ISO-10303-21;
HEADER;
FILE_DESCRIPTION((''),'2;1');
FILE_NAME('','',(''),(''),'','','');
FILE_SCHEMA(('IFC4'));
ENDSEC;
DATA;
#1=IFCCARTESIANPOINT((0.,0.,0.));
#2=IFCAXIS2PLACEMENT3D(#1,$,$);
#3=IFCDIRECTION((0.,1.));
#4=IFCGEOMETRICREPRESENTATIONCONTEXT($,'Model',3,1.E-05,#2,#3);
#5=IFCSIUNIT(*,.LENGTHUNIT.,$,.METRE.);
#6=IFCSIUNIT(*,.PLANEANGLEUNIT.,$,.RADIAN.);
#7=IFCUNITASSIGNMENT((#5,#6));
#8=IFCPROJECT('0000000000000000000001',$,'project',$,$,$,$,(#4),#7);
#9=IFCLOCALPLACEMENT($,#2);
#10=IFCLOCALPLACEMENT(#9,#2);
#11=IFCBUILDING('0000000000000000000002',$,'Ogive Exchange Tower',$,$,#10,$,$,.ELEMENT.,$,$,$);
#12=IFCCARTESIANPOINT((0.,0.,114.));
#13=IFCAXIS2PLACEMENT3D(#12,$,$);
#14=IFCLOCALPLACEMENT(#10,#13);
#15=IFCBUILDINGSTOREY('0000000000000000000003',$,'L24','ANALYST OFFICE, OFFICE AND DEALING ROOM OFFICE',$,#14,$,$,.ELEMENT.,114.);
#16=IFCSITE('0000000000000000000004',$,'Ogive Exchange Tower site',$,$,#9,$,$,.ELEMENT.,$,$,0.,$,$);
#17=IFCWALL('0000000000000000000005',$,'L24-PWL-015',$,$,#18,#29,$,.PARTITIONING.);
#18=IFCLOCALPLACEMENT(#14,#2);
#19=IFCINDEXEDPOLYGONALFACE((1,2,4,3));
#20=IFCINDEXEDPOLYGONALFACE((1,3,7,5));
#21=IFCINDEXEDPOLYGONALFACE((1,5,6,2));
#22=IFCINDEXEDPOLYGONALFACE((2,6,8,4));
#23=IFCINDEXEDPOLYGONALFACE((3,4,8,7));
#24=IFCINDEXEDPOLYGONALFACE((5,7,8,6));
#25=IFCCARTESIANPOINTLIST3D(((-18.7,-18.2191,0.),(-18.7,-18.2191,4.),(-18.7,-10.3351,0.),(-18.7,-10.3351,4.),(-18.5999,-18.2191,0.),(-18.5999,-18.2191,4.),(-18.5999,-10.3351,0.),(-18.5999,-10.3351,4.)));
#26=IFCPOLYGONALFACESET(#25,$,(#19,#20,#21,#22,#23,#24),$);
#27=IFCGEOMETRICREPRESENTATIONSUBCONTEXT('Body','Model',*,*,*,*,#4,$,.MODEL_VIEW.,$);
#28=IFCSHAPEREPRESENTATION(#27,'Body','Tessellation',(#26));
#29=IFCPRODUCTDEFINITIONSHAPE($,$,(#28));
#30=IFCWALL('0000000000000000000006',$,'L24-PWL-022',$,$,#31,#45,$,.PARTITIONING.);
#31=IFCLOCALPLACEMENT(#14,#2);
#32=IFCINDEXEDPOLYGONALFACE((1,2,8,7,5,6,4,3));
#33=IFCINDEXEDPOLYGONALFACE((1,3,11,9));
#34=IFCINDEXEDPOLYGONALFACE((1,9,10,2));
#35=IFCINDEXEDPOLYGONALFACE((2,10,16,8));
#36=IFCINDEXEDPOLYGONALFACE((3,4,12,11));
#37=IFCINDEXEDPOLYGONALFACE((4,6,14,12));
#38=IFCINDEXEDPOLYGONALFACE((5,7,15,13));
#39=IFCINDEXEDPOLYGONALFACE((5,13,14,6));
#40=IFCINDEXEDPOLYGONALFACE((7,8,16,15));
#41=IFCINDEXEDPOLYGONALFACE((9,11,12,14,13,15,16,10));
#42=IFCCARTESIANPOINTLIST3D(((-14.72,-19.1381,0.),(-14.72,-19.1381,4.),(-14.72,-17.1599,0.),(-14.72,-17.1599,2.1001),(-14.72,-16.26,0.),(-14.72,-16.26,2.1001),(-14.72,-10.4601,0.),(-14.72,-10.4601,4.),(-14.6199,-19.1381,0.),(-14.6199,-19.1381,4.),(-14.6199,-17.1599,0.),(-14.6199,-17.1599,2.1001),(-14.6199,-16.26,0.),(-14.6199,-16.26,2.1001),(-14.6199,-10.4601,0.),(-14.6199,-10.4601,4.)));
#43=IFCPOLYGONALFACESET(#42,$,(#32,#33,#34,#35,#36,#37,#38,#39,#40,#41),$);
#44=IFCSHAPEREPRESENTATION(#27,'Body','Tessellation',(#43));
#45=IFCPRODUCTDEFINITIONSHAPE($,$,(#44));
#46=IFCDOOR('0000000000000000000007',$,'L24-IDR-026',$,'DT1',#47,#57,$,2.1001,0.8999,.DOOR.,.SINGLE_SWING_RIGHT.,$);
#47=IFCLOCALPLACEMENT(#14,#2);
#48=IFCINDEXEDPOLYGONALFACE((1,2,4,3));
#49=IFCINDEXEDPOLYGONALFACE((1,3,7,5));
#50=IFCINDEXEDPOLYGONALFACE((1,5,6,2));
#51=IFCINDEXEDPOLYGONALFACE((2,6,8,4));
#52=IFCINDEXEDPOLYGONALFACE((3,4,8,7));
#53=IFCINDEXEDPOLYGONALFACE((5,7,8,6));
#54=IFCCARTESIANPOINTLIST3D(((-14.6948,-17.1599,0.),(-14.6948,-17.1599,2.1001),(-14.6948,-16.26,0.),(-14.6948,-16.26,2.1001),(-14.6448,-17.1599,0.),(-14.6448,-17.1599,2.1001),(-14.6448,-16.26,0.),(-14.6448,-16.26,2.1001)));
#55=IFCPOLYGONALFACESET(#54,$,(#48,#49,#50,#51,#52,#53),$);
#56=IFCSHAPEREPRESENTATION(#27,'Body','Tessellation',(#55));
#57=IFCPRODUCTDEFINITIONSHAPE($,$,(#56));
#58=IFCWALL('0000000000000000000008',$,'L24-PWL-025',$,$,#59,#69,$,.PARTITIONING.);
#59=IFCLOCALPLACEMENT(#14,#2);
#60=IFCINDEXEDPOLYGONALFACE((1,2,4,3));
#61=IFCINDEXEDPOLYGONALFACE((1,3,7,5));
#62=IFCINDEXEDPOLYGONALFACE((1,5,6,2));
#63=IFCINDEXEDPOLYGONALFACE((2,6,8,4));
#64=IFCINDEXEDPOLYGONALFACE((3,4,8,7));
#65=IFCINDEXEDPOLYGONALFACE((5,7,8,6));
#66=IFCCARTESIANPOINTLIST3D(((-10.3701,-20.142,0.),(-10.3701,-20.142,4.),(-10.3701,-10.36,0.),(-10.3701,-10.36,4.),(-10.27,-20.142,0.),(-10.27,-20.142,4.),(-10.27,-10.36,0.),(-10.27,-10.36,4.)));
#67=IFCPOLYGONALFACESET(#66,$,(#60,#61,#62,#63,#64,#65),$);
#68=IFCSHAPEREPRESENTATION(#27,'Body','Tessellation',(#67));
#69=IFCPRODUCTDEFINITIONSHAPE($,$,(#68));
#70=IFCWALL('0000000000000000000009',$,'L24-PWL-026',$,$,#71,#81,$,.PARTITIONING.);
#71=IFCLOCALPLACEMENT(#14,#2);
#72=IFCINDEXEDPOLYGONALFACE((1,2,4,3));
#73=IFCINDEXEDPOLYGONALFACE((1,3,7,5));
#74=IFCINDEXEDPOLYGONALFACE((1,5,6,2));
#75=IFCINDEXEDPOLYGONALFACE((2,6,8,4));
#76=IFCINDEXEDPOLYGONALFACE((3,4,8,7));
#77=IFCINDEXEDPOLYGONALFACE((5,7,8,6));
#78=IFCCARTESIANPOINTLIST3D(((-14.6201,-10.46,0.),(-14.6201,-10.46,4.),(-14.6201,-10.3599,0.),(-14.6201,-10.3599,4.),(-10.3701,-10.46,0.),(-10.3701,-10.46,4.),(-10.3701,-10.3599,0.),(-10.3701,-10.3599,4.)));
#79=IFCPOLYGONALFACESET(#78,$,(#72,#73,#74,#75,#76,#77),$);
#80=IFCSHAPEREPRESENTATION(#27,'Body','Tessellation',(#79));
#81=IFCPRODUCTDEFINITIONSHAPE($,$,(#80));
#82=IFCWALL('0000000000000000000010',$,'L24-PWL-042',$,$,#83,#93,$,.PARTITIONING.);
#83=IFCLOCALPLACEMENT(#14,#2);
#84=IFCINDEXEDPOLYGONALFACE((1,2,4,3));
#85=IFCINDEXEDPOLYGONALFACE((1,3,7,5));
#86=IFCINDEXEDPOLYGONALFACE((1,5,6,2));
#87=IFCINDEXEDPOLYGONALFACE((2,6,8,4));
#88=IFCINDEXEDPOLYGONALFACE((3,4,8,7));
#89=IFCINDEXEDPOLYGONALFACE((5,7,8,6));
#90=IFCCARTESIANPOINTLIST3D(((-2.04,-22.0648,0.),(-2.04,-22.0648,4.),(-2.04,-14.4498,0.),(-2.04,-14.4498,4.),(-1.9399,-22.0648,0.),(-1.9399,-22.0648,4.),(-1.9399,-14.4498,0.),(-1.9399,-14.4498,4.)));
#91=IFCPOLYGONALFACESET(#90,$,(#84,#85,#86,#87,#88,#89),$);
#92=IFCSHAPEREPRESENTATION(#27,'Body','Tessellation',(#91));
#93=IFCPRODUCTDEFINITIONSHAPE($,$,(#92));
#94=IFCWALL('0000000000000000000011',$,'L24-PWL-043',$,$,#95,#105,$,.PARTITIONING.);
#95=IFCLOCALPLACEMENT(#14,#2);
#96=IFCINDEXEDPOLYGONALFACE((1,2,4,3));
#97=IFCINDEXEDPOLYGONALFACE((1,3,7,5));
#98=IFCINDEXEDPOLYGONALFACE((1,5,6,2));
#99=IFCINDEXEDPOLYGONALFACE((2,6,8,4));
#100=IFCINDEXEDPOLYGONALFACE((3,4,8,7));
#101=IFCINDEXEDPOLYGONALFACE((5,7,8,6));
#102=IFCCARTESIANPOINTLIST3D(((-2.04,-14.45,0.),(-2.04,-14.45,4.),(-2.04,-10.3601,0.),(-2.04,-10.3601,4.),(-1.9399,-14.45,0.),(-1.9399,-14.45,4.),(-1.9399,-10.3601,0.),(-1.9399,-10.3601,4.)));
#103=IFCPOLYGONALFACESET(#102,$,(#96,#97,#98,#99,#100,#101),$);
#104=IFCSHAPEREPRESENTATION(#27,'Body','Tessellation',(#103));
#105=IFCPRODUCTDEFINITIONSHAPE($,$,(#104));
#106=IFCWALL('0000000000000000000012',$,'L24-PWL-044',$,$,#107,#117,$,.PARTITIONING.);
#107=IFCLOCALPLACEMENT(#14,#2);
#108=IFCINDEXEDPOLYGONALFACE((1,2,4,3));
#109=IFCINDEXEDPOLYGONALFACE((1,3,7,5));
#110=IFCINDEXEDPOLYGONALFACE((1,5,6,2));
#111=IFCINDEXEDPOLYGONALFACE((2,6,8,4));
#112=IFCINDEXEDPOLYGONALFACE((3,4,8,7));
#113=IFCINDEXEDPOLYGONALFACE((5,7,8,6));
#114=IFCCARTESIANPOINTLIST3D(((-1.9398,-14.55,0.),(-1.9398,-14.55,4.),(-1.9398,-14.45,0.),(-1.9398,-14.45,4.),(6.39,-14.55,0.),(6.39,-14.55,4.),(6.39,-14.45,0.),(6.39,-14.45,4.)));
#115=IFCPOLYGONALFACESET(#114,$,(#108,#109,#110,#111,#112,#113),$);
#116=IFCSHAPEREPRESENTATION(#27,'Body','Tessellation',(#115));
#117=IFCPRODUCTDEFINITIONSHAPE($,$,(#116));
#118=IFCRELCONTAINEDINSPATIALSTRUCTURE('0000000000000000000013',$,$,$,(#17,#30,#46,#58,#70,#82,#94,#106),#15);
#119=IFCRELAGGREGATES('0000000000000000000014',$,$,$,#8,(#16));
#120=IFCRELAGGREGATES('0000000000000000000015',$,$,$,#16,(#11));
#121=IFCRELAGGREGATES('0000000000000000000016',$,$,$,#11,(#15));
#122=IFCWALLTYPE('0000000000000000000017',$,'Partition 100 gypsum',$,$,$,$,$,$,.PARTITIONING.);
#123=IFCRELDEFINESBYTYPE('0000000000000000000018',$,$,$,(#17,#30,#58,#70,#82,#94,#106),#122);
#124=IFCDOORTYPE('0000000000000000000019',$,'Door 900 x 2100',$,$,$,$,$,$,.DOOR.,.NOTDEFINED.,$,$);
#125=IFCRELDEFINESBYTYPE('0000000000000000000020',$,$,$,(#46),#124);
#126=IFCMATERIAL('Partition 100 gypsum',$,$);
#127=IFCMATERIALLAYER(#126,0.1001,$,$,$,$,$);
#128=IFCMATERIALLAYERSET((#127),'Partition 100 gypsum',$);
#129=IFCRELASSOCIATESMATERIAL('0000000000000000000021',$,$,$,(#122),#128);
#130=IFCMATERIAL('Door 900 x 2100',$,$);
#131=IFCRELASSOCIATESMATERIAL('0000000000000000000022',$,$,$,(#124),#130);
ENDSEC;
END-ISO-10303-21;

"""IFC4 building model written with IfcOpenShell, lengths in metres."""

from ifc_helpers import new_model, si_unit, direction, frame, frame_2d, origin, place, context, subcontext, project, spatial, rectangle, extrude, material, layer, layer_set, type_object, element, fill, save


model = new_model("IFC4")

# Units and contexts
model_context = context("Model", 3, precision=1e-05, world=origin(), true_north=direction((0.0, 1.0)))
body_context = subcontext(model_context, "Body", "Model", "MODEL_VIEW")
ifc_project = project(units=[si_unit("LENGTHUNIT", "METRE"), si_unit("PLANEANGLEUNIT", "RADIAN")], contexts=[model_context])

# Site, building, storey
site_placement = place(None, origin())
site = spatial("IfcSite", under=ifc_project, at=site_placement, Name="Ogive Exchange Tower site", CompositionType="ELEMENT", RefElevation=0.0)
building_placement = place(site_placement, origin())
building = spatial("IfcBuilding", under=site, at=building_placement, Name="Ogive Exchange Tower", CompositionType="ELEMENT")
storey_placement = place(building_placement, frame((0.0, 0.0, 114.0)))
storey = spatial("IfcBuildingStorey", under=building, at=storey_placement, Name="L24", Description="ANALYST OFFICE, OFFICE AND DEALING ROOM OFFICE", CompositionType="ELEMENT", Elevation=114.0)

# Wall
ifc_material_1 = material(Name="Partition 100 gypsum")
ifc_layer_1 = layer(ifc_material_1, 0.1001)
ifc_layer_set_1 = layer_set([ifc_layer_1], Name="Partition 100 gypsum")
wall_type_1 = type_object("IfcWallType", Name="Partition 100 gypsum", PredefinedType="PARTITIONING", material=ifc_layer_set_1)
wall_1_placement = place(storey_placement, frame((-18.6499, -18.219, 0.0), z_axis=(0.0, 0.0, 1.0), x_axis=(0.0, 1.0, 0.0)))
element("IfcWall", 1, at=wall_1_placement, inside=storey, type_object=wall_type_1, Name="L24-PWL-015", PredefinedType="PARTITIONING", context=body_context, shape_type="SweptSolid", body=[
    extrude(rectangle(XDim=7.884, YDim=0.1001, at=frame_2d((3.9419, 0.0))), origin(), (0.0, 0.0, 1.0), 4.0),
])

# Wall, opening, door
wall_2_placement = place(storey_placement, frame((-14.6699, -19.1379, 0.0), z_axis=(0.0, 0.0, 1.0), x_axis=(0.0, 1.0, 0.0)))
wall_2 = element("IfcWall", 2, at=wall_2_placement, inside=storey, type_object=wall_type_1, Name="L24-PWL-022", PredefinedType="PARTITIONING", context=body_context, shape_type="SweptSolid", body=[
    extrude(rectangle(XDim=8.678, YDim=0.1001, at=frame_2d((4.3389, 0.0))), origin(), (0.0, 0.0, 1.0), 4.0),
])
opening_1_placement = place(wall_2_placement, frame((1.978, 0.0, 0.0)))
opening_1 = element("IfcOpeningElement", 3, at=opening_1_placement, cuts=wall_2, PredefinedType="OPENING", context=body_context, shape_type="SweptSolid", body=[
    extrude(rectangle(XDim=0.8999, YDim=2.1001, at=frame_2d((0.45, 1.05))), frame((0.0, 0.0601, 0.0), z_axis=(0.0, -1.0, 0.0), x_axis=(1.0, 0.0, 0.0)), (0.0, 0.0, 1.0), 0.1201),
])
ifc_material_2 = material(Name="Door 900 x 2100")
door_type_1 = type_object("IfcDoorType", Name="Door 900 x 2100", OperationType="NOTDEFINED", PredefinedType="DOOR", material=ifc_material_2)
door_1_placement = place(opening_1_placement, origin())
door_1 = element("IfcDoor", 4, at=door_1_placement, inside=storey, type_object=door_type_1, Name="L24-IDR-026", ObjectType="DT1", OperationType="SINGLE_SWING_RIGHT", OverallHeight=2.1001, OverallWidth=0.8999, PredefinedType="DOOR", context=body_context, shape_type="SweptSolid", body=[
    extrude(rectangle(XDim=0.8999, YDim=2.1001, at=frame_2d((0.45, 1.05))), frame((0.0, 0.0249, 0.0), z_axis=(0.0, -1.0, 0.0), x_axis=(1.0, 0.0, 0.0)), (0.0, 0.0, 1.0), 0.05),
])
fill(opening_1, door_1)

# Walls
wall_3_placement = place(storey_placement, frame((-10.3201, -20.1421, 0.0), z_axis=(0.0, 0.0, 1.0), x_axis=(0.0, 1.0, 0.0)))
element("IfcWall", 5, at=wall_3_placement, inside=storey, type_object=wall_type_1, Name="L24-PWL-025", PredefinedType="PARTITIONING", context=body_context, shape_type="SweptSolid", body=[
    extrude(rectangle(XDim=9.782, YDim=0.1001, at=frame_2d((4.8911, 0.0))), origin(), (0.0, 0.0, 1.0), 4.0),
])
wall_4_placement = place(storey_placement, frame((-10.3701, -10.4099, 0.0), z_axis=(0.0, 0.0, 1.0), x_axis=(-1.0, 0.0, 0.0)))
element("IfcWall", 6, at=wall_4_placement, inside=storey, type_object=wall_type_1, Name="L24-PWL-026", PredefinedType="PARTITIONING", context=body_context, shape_type="SweptSolid", body=[
    extrude(rectangle(XDim=4.25, YDim=0.1001, at=frame_2d((2.125, 0.0))), origin(), (0.0, 0.0, 1.0), 4.0),
])
wall_5_placement = place(storey_placement, frame((-1.99, -22.0649, 0.0), z_axis=(0.0, 0.0, 1.0), x_axis=(0.0, 1.0, 0.0)))
element("IfcWall", 7, at=wall_5_placement, inside=storey, type_object=wall_type_1, Name="L24-PWL-042", PredefinedType="PARTITIONING", context=body_context, shape_type="SweptSolid", body=[
    extrude(rectangle(XDim=7.615, YDim=0.1001, at=frame_2d((3.8076, 0.0))), origin(), (0.0, 0.0, 1.0), 4.0),
])
wall_6_placement = place(storey_placement, frame((-1.99, -14.45, 0.0), z_axis=(0.0, 0.0, 1.0), x_axis=(0.0, 1.0, 0.0)))
element("IfcWall", 8, at=wall_6_placement, inside=storey, type_object=wall_type_1, Name="L24-PWL-043", PredefinedType="PARTITIONING", context=body_context, shape_type="SweptSolid", body=[
    extrude(rectangle(XDim=4.0898, YDim=0.1001, at=frame_2d((2.0449, 0.0))), origin(), (0.0, 0.0, 1.0), 4.0),
])
wall_7_placement = place(storey_placement, frame((-1.9399, -14.5, 0.0), z_axis=(0.0, 0.0, 1.0), x_axis=(1.0, 0.0, 0.0)))
element("IfcWall", 9, at=wall_7_placement, inside=storey, type_object=wall_type_1, Name="L24-PWL-044", PredefinedType="PARTITIONING", context=body_context, shape_type="SweptSolid", body=[
    extrude(rectangle(XDim=8.3298, YDim=0.1001, at=frame_2d((4.165, 0.0))), origin(), (0.0, 0.0, 1.0), 4.0),
])

save(model, "model.ifc")
